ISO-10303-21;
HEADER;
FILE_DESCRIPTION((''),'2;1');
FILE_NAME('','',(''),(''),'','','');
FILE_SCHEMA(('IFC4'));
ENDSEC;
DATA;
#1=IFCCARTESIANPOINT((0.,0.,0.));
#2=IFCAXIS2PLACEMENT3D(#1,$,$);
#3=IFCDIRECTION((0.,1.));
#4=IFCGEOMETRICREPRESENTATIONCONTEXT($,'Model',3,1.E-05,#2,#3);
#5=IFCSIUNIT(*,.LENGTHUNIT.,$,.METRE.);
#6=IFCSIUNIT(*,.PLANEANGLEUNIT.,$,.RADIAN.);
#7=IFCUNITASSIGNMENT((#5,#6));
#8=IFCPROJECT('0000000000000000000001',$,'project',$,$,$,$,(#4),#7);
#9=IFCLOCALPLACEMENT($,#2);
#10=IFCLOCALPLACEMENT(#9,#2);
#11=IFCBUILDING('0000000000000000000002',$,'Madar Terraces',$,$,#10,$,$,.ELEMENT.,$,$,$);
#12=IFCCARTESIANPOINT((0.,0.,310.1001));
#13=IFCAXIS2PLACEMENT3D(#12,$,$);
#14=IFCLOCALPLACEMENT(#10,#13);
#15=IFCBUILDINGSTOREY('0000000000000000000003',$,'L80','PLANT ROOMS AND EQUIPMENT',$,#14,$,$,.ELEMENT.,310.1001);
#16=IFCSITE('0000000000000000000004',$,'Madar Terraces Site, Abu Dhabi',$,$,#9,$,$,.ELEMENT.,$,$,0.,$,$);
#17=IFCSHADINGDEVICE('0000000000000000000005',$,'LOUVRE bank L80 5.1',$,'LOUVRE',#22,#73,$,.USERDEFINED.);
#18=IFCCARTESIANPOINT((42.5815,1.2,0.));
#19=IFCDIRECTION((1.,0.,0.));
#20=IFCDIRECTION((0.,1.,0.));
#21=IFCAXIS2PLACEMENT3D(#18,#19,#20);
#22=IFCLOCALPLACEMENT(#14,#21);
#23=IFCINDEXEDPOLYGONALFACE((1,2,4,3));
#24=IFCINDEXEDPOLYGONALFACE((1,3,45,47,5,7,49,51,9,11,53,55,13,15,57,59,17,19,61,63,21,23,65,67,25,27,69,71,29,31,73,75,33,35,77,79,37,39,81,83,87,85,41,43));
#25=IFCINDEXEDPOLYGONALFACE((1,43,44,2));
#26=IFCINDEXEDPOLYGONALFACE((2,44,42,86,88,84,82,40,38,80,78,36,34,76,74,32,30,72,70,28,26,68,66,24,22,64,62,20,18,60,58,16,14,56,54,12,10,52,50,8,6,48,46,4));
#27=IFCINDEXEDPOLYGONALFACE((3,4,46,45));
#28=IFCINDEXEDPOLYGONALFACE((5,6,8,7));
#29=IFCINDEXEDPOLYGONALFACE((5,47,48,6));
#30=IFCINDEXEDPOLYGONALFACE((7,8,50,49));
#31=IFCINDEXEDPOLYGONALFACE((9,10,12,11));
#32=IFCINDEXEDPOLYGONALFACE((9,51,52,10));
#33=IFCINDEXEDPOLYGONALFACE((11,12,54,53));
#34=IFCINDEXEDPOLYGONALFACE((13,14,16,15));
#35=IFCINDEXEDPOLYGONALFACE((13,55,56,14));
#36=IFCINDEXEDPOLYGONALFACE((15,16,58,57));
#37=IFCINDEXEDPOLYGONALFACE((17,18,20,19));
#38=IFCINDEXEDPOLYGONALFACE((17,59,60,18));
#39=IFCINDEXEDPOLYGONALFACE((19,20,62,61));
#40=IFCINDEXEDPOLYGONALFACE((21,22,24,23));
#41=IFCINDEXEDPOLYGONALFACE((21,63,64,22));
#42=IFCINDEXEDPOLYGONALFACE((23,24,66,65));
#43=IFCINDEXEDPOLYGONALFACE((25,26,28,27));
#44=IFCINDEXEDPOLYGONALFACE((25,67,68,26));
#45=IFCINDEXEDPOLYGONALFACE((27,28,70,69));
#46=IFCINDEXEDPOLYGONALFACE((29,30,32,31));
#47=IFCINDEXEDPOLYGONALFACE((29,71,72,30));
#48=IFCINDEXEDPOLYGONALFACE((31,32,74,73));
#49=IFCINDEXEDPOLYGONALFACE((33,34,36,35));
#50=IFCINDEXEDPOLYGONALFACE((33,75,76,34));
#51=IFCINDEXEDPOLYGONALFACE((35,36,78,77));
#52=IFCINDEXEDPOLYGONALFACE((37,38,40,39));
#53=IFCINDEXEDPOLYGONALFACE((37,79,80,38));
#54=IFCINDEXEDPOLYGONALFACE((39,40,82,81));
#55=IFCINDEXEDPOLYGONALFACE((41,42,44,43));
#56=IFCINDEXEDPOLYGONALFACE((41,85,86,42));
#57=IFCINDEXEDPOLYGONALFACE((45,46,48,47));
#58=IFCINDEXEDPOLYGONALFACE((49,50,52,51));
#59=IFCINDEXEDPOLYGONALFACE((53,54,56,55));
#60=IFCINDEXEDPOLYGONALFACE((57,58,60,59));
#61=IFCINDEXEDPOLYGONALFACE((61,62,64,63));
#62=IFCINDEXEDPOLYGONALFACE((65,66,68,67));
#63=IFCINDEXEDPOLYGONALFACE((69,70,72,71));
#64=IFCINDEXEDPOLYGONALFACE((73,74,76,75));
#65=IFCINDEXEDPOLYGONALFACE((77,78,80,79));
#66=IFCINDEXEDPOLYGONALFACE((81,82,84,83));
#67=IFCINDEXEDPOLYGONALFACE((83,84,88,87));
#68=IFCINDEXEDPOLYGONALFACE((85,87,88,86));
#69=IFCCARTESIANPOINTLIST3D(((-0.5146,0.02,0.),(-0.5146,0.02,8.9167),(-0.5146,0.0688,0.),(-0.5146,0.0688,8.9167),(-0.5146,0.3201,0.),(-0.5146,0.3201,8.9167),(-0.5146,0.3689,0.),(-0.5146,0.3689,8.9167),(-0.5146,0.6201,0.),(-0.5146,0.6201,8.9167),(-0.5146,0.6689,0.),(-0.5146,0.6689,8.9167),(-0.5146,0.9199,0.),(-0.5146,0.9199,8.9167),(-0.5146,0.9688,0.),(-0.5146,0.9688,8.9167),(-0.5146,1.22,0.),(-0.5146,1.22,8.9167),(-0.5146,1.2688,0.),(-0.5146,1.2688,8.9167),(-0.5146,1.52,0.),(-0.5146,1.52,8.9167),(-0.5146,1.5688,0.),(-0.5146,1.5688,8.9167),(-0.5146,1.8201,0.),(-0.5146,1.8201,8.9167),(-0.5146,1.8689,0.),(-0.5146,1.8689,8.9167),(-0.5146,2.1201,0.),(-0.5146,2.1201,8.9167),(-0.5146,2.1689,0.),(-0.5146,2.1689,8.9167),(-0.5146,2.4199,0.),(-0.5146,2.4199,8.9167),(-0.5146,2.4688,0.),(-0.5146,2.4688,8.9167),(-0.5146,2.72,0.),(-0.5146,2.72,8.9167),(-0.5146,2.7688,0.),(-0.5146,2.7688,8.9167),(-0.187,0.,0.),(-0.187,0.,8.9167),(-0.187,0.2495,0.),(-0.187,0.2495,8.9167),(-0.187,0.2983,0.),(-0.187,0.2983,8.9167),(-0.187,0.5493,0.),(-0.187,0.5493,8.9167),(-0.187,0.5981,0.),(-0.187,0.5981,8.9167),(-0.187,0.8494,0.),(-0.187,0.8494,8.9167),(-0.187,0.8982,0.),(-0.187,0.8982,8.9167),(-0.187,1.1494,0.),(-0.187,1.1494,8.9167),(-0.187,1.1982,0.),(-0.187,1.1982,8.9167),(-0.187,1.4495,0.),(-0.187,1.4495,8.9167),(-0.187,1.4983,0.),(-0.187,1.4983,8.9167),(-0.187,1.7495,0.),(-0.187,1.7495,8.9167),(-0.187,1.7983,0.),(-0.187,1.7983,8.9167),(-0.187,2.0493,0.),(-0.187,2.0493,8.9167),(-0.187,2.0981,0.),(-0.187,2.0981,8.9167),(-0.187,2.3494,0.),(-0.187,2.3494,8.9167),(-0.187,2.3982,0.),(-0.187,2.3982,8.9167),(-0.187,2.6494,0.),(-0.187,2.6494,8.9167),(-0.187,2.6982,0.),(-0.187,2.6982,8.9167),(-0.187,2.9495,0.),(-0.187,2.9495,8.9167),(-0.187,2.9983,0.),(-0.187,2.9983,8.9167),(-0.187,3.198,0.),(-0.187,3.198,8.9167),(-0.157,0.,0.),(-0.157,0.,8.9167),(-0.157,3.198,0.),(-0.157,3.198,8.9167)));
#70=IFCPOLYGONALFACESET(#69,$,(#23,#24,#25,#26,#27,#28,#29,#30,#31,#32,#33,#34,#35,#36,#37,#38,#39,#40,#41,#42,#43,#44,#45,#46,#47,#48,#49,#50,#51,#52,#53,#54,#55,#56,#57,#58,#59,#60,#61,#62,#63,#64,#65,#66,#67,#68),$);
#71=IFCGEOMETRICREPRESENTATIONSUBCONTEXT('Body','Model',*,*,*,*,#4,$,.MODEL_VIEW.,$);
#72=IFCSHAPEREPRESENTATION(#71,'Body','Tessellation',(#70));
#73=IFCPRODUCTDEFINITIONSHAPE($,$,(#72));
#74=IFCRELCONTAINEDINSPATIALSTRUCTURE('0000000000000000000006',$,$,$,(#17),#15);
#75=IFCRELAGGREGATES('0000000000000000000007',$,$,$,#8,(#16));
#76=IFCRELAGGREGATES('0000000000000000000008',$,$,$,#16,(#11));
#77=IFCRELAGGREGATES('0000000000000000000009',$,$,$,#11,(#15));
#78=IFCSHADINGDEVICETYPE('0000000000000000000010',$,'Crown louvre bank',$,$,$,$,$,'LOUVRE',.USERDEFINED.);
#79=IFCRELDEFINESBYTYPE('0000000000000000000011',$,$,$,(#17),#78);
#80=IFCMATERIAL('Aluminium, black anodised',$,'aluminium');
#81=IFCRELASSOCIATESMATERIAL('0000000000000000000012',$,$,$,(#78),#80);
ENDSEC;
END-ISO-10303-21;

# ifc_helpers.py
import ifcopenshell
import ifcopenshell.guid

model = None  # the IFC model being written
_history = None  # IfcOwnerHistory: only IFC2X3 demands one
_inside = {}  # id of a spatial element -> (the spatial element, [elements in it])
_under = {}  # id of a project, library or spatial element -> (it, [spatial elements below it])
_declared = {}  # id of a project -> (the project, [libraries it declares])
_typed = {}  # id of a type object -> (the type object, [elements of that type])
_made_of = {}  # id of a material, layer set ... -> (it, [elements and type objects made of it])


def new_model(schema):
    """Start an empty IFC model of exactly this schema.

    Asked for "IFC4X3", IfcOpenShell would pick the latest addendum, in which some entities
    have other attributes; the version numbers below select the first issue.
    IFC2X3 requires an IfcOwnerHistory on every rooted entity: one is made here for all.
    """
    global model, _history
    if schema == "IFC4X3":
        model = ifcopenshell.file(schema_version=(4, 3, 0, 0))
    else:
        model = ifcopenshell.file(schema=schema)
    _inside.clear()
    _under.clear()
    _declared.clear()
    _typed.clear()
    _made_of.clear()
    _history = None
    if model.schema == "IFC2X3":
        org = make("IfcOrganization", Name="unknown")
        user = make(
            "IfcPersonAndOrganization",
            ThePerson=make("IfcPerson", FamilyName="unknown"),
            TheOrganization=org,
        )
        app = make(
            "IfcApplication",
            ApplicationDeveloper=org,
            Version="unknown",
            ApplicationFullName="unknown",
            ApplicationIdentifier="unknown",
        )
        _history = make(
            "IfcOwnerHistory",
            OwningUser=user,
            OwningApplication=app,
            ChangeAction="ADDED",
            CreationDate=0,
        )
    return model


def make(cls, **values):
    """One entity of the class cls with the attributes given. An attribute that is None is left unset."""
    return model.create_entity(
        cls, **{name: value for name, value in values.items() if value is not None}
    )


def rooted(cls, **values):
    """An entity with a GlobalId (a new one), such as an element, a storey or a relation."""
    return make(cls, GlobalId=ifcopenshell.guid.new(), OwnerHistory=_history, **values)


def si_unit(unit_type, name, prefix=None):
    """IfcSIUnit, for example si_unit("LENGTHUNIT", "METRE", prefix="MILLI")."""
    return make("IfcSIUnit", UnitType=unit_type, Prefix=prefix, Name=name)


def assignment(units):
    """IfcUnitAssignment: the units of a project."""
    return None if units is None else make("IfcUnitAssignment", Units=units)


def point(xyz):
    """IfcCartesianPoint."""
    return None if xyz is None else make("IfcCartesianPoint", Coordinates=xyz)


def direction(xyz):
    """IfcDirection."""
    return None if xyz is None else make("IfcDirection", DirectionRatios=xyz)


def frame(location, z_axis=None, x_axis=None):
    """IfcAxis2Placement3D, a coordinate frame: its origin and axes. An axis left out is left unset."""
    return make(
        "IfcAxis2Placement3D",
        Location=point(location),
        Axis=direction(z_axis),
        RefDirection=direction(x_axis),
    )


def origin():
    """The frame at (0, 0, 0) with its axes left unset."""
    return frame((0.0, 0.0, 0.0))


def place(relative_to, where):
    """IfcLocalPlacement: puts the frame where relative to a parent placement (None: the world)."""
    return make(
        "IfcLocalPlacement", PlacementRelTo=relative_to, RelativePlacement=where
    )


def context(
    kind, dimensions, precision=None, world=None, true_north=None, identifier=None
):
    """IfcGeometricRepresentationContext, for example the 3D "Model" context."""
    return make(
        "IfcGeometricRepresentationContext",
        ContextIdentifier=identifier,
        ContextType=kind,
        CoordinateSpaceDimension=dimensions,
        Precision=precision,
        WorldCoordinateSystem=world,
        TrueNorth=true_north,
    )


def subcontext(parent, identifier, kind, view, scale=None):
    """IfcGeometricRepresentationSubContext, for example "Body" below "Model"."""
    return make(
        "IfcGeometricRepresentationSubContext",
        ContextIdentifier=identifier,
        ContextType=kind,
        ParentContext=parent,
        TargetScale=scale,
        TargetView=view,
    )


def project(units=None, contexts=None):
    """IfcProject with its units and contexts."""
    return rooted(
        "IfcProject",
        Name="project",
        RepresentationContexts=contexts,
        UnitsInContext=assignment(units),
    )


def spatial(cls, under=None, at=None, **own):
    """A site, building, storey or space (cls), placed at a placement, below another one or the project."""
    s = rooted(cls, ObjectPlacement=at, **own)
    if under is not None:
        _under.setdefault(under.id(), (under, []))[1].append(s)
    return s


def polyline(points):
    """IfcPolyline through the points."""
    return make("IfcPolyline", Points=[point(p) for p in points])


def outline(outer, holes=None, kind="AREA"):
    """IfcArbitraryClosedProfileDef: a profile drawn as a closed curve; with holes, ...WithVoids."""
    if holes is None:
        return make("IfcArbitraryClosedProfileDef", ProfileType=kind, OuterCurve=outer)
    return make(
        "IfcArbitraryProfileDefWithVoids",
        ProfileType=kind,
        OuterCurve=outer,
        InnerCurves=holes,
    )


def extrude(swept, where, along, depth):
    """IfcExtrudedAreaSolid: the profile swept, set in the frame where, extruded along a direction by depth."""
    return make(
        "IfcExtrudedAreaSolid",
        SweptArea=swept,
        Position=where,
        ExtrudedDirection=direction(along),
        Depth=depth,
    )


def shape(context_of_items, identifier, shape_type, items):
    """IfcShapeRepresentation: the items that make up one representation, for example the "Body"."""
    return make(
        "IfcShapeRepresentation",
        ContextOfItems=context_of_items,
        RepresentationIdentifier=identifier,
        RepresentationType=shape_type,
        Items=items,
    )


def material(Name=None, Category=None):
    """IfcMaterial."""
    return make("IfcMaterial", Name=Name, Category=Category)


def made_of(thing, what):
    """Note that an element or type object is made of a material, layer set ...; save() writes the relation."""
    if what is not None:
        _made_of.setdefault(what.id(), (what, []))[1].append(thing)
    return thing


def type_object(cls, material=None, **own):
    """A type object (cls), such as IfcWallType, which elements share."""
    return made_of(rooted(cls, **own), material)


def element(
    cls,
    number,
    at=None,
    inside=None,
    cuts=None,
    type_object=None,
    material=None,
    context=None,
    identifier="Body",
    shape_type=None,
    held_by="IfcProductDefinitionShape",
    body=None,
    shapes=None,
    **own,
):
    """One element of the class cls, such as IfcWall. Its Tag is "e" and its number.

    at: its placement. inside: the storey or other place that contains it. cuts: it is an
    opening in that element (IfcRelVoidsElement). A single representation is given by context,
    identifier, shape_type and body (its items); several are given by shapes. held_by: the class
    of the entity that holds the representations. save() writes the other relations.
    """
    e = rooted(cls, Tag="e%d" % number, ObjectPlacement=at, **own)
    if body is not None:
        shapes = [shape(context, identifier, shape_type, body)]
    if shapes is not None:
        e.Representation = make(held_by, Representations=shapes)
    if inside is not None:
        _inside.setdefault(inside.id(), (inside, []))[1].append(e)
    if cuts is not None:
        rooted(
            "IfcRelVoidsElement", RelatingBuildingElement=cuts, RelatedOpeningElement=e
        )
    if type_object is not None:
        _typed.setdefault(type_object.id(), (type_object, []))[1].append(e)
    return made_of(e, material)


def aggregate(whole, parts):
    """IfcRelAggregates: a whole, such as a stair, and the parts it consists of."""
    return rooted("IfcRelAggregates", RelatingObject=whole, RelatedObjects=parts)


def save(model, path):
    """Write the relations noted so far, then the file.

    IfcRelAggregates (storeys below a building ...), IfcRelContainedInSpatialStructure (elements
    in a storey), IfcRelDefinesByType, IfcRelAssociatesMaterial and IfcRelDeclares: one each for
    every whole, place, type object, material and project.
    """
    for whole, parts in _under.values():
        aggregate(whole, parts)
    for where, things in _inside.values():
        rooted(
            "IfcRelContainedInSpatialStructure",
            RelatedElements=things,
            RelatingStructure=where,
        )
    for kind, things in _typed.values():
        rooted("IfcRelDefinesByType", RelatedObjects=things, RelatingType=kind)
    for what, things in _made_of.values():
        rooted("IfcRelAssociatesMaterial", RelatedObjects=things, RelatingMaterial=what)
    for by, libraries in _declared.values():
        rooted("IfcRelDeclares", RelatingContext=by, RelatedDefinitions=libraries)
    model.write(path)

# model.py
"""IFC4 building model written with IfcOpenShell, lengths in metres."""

from ifc_helpers import new_model, si_unit, direction, frame, origin, place, context, subcontext, project, spatial, polyline, outline, extrude, material, type_object, element, save


model = new_model("IFC4")

# Units and contexts
model_context = context("Model", 3, precision=1e-05, world=origin(), true_north=direction((0.0, 1.0)))
body_context = subcontext(model_context, "Body", "Model", "MODEL_VIEW")
ifc_project = project(units=[si_unit("LENGTHUNIT", "METRE"), si_unit("PLANEANGLEUNIT", "RADIAN")], contexts=[model_context])

# Site, building, storey
site_placement = place(None, origin())
site = spatial("IfcSite", under=ifc_project, at=site_placement, Name="Madar Terraces Site, Abu Dhabi", CompositionType="ELEMENT", RefElevation=0.0)
building_placement = place(site_placement, origin())
building = spatial("IfcBuilding", under=site, at=building_placement, Name="Madar Terraces", CompositionType="ELEMENT")
storey_placement = place(building_placement, frame((0.0, 0.0, 310.1001)))
storey = spatial("IfcBuildingStorey", under=building, at=storey_placement, Name="L80", Description="PLANT ROOMS AND EQUIPMENT", CompositionType="ELEMENT", Elevation=310.1001)

# Shading device
ifc_material_1 = material(Name="Aluminium, black anodised", Category="aluminium")
shading_device_type = type_object("IfcShadingDeviceType", Name="Crown louvre bank", ElementType="LOUVRE", PredefinedType="USERDEFINED", material=ifc_material_1)
shading_device_1_placement = place(storey_placement, frame((42.5815, 1.2, 0.0), z_axis=(1.0, 0.0, 0.0), x_axis=(0.0, 1.0, 0.0)))
element("IfcShadingDevice", 1, at=shading_device_1_placement, inside=storey, type_object=shading_device_type, Name="LOUVRE bank L80 5.1", ObjectType="LOUVRE", PredefinedType="USERDEFINED", context=body_context, shape_type="SweptSolid", body=[
    extrude(outline(polyline([(-0.157, 0.0), (-0.187, 0.0), (-0.187, 0.2495), (-0.5146, 0.02), (-0.5146, 0.0688), (-0.187, 0.2983), (-0.187, 0.5493), (-0.5146, 0.3201), (-0.5146, 0.3689), (-0.187, 0.5981), (-0.187, 0.8494), (-0.5146, 0.6201), (-0.5146, 0.6689), (-0.187, 0.8982), (-0.187, 1.1494), (-0.5146, 0.9199), (-0.5146, 0.9688), (-0.187, 1.1982), (-0.187, 1.4495), (-0.5146, 1.22), (-0.5146, 1.2688), (-0.187, 1.4983), (-0.187, 1.7495), (-0.5146, 1.52), (-0.5146, 1.5688), (-0.187, 1.7983), (-0.187, 2.0493), (-0.5146, 1.8201), (-0.5146, 1.8689), (-0.187, 2.0981), (-0.187, 2.3494), (-0.5146, 2.1201), (-0.5146, 2.1689), (-0.187, 2.3982), (-0.187, 2.6494), (-0.5146, 2.4199), (-0.5146, 2.4688), (-0.187, 2.6982), (-0.187, 2.9495), (-0.5146, 2.72), (-0.5146, 2.7688), (-0.187, 2.9983), (-0.187, 3.198), (-0.157, 3.198), (-0.157, 0.0)])), origin(), (0.0, 0.0, 1.0), 8.9167),
])

save(model, "model.ifc")
